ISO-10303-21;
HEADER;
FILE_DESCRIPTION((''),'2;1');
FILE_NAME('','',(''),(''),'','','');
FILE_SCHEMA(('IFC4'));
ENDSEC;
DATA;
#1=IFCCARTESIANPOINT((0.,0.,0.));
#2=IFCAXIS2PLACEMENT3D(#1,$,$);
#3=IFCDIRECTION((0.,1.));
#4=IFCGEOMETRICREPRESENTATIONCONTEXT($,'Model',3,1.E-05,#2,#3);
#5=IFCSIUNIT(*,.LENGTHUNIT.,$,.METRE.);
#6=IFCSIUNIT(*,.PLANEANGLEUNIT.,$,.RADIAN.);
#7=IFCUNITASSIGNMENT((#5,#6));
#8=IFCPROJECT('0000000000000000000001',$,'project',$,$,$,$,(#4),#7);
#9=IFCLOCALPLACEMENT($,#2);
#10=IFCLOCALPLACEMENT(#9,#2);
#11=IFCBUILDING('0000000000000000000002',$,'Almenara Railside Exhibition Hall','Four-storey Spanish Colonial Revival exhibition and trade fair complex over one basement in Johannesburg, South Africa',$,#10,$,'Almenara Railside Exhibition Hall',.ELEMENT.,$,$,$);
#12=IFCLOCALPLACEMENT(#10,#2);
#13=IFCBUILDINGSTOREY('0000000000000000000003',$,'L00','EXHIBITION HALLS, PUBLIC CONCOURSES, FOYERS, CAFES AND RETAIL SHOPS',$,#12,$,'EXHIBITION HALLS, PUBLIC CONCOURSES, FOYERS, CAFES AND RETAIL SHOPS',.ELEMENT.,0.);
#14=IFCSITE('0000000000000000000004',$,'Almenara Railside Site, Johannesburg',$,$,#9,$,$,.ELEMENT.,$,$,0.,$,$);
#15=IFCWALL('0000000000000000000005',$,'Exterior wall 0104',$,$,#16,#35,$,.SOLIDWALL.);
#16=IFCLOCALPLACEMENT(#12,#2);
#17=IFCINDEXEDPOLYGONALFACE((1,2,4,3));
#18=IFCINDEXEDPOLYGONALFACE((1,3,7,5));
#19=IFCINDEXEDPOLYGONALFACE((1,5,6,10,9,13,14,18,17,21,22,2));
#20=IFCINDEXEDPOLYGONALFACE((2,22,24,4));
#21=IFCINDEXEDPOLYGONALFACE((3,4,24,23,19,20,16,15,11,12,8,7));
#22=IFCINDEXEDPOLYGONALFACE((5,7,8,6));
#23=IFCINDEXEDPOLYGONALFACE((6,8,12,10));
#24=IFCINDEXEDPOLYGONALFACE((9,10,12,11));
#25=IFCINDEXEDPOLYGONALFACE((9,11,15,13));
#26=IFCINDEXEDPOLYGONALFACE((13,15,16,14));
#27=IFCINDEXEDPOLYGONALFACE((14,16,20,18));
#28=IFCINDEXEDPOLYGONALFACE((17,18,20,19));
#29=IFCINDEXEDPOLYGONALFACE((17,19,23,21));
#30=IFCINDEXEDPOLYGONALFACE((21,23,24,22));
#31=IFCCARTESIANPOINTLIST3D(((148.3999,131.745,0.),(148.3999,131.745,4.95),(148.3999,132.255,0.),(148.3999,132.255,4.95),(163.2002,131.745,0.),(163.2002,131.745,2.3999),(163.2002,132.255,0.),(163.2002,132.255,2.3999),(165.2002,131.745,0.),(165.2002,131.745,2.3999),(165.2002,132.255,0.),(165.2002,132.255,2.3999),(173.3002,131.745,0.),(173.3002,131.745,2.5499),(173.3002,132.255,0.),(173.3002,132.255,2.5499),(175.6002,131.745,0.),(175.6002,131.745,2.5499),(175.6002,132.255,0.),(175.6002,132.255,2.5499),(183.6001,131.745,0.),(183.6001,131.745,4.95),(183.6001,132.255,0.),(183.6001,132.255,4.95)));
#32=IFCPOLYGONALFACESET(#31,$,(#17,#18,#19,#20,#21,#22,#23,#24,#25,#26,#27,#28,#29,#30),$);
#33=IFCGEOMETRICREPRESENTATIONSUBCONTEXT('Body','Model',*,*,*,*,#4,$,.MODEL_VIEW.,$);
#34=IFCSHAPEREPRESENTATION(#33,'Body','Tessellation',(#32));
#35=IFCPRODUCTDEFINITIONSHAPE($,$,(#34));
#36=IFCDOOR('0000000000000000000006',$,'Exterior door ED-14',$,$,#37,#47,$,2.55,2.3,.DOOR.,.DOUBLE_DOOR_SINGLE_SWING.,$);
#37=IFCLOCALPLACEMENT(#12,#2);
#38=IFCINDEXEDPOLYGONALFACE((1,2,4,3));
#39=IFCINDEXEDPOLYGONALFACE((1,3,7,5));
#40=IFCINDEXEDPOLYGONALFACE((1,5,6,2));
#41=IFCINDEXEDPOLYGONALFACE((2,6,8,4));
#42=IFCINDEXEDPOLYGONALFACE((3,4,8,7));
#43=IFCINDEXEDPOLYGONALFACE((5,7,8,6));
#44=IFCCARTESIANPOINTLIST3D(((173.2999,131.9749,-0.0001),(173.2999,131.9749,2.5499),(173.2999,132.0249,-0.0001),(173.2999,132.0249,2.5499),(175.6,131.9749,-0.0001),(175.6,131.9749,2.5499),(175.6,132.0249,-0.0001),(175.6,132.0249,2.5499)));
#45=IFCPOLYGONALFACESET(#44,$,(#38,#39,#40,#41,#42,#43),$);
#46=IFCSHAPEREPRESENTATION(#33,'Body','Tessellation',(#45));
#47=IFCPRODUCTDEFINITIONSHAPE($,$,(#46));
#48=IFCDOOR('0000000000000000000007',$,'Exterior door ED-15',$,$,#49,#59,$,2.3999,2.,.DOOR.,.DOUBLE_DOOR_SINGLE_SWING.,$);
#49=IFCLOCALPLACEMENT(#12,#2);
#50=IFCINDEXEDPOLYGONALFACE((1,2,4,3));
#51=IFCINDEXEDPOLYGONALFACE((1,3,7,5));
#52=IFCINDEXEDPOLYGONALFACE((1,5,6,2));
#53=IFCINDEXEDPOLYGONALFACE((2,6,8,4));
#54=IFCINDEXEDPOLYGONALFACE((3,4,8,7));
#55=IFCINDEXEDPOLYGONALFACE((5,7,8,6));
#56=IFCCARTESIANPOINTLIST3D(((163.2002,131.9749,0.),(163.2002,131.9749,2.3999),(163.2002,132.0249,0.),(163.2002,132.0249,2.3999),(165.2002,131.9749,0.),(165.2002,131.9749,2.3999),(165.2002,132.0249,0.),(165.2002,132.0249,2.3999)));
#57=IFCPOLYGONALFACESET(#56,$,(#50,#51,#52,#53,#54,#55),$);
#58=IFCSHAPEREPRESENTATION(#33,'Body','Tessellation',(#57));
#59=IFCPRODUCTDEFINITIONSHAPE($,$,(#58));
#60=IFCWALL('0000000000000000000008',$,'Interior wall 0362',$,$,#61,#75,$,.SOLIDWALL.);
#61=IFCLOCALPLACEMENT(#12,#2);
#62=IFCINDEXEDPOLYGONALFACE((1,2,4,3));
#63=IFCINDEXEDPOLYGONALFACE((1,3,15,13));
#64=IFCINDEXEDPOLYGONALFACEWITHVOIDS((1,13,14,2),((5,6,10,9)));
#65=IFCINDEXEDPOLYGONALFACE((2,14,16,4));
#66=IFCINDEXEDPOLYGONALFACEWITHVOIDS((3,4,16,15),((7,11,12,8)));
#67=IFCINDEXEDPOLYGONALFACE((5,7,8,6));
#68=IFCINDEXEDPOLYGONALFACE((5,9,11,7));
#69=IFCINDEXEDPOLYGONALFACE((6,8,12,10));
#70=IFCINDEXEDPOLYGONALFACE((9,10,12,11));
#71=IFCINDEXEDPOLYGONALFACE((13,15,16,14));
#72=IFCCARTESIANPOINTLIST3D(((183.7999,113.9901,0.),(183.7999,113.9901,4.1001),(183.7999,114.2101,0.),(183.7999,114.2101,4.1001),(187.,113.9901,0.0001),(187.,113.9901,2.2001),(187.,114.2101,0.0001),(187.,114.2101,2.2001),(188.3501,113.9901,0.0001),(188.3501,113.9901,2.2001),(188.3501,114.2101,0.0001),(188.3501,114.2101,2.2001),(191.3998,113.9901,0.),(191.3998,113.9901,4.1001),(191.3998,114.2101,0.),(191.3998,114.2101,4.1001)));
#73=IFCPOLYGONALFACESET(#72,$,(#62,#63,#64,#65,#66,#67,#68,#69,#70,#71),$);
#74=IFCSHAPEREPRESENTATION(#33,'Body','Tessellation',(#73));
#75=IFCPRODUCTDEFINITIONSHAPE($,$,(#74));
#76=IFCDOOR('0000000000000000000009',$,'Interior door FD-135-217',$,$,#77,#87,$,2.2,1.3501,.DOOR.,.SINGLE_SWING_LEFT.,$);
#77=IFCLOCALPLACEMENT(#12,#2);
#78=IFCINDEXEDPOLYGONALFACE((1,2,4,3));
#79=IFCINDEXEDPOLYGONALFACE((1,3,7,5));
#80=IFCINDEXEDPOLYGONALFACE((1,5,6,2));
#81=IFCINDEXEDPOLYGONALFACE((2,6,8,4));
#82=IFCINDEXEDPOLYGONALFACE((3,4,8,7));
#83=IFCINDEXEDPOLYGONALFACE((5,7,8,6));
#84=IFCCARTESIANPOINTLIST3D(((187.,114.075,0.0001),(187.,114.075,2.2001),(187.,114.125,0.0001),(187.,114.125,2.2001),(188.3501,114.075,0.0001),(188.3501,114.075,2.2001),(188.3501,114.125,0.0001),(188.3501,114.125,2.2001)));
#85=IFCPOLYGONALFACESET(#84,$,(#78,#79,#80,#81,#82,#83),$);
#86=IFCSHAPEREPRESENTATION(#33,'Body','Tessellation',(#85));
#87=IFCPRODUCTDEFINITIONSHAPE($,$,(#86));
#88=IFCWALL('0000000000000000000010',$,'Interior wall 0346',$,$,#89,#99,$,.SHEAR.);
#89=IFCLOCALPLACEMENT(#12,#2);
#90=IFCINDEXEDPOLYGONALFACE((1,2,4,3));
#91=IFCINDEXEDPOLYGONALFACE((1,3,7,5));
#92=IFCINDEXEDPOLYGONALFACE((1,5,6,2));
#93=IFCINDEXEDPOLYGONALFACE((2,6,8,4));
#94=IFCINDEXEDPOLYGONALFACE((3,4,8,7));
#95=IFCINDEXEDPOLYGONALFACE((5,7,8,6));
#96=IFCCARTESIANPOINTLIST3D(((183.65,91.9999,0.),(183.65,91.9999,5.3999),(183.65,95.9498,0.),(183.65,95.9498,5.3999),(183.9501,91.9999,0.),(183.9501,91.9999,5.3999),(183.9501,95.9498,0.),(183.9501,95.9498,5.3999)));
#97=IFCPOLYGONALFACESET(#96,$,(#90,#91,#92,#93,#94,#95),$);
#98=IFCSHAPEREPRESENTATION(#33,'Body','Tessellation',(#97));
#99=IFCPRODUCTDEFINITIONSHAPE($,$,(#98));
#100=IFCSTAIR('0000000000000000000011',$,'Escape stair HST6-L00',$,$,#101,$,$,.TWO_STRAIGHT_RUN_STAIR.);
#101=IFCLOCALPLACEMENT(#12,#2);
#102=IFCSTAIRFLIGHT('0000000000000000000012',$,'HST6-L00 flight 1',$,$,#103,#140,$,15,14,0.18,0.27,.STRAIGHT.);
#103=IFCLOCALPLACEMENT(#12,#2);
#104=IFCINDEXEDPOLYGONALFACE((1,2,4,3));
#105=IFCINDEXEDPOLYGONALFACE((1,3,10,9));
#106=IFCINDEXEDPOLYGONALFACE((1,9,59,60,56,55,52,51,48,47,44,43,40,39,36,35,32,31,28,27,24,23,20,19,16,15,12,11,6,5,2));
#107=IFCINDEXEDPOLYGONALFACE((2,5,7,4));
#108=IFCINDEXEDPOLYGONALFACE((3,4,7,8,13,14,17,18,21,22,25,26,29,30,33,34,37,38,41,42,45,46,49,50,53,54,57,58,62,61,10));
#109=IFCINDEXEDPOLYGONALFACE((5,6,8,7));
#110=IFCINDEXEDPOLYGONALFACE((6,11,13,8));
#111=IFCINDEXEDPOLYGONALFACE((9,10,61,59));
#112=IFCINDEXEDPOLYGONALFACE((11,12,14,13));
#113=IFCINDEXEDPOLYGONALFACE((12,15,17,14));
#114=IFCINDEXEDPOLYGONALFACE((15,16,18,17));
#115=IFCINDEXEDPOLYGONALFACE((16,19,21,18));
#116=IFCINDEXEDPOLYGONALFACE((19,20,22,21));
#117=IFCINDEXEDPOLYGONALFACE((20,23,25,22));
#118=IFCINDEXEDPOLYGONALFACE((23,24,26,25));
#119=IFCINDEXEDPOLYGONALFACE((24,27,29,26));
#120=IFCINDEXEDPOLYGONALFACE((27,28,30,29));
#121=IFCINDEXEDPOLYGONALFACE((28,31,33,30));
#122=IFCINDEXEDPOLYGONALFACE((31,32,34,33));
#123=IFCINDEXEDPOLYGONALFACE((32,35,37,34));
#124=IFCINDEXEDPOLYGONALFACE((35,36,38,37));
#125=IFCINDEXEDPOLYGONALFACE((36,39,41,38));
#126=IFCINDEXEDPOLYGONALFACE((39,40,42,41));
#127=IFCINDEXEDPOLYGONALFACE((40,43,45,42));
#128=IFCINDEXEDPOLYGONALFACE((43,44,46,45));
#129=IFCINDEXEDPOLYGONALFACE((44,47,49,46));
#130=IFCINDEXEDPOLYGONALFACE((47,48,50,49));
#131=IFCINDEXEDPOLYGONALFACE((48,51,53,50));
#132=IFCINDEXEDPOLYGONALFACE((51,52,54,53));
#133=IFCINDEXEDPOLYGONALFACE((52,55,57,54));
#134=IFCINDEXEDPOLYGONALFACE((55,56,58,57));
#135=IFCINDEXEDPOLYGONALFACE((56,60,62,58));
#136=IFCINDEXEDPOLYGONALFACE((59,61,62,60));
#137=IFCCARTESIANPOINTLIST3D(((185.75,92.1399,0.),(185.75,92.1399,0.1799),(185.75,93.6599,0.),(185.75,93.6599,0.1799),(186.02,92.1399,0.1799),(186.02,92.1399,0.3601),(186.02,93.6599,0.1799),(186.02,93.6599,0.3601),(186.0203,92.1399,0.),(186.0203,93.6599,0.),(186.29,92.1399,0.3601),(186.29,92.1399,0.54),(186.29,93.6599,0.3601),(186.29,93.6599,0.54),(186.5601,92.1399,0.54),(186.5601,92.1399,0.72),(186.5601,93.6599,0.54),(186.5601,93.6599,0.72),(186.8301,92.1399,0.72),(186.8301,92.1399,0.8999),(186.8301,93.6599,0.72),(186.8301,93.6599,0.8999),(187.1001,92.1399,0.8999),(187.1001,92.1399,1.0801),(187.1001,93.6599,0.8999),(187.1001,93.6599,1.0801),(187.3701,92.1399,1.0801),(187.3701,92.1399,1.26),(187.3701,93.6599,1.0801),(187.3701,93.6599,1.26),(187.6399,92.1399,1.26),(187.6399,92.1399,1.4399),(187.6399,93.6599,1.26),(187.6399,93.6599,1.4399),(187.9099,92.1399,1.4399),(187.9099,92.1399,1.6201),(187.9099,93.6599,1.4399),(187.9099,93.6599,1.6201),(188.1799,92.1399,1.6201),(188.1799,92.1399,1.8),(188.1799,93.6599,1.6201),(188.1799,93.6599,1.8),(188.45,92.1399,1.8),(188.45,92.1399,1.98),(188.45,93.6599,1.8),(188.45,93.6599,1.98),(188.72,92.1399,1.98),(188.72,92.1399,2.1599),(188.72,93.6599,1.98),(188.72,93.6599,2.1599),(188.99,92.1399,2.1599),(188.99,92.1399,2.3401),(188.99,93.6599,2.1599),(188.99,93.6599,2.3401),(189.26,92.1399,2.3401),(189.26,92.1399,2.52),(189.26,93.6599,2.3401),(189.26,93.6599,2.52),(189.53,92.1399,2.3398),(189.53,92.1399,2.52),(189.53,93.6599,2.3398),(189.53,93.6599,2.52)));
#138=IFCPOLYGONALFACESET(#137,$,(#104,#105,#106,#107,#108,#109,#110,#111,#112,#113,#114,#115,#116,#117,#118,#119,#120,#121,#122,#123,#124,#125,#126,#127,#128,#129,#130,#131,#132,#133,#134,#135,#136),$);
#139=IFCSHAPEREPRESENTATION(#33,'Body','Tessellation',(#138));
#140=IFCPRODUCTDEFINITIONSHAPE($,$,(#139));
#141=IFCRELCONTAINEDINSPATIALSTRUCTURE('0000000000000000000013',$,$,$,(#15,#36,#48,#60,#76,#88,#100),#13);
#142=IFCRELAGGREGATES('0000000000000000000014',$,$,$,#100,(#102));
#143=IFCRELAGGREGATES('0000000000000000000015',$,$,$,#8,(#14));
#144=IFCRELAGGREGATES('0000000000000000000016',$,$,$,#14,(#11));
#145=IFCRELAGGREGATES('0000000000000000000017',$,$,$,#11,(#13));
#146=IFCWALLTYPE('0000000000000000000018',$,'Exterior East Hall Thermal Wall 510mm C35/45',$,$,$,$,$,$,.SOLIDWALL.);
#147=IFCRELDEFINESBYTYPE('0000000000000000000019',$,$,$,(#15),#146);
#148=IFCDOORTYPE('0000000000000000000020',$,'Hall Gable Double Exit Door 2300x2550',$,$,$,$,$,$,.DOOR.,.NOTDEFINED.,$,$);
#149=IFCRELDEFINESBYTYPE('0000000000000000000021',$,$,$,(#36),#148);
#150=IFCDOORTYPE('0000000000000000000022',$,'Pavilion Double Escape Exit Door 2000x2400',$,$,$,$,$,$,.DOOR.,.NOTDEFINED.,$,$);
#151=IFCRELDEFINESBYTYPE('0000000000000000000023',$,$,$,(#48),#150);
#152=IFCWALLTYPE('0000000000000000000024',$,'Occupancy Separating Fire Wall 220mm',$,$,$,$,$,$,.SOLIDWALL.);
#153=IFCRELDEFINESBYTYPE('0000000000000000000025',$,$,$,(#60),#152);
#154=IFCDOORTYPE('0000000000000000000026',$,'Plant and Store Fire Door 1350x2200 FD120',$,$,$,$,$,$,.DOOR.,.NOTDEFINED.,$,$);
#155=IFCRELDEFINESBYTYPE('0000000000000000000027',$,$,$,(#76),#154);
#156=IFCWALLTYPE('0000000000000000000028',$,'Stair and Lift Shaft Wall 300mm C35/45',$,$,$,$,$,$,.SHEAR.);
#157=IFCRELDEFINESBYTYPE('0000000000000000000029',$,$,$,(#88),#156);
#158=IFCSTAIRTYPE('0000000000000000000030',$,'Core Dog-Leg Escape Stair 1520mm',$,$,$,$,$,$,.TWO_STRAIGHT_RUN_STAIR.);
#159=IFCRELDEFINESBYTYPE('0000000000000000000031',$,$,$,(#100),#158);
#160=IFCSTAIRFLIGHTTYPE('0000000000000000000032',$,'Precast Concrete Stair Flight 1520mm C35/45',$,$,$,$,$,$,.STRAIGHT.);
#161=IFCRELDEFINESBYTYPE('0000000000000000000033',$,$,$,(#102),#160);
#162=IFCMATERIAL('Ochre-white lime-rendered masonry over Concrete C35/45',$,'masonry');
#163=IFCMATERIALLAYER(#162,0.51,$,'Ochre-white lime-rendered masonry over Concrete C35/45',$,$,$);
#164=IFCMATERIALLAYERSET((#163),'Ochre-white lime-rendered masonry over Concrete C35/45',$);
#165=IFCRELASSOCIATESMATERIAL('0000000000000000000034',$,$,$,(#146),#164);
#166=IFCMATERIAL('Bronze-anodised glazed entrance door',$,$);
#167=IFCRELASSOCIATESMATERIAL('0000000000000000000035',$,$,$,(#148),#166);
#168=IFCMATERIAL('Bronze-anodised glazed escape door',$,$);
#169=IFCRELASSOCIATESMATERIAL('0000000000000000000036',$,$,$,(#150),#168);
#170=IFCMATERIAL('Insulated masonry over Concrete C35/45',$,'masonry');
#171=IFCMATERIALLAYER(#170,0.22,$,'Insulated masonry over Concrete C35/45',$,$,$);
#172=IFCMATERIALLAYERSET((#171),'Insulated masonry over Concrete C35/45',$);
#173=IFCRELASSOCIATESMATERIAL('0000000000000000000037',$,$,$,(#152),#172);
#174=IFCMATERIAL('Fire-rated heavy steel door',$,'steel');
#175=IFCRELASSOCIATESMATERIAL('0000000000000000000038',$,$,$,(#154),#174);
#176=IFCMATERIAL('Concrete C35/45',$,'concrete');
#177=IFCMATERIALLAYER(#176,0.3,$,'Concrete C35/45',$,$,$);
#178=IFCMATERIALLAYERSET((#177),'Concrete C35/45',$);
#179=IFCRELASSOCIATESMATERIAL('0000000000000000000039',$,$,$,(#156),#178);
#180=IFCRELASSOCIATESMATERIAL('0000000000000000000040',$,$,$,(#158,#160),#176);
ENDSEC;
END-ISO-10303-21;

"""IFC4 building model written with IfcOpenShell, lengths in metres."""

from ifc_helpers import new_model, si_unit, direction, frame, frame_2d, origin, place, context, subcontext, project, spatial, polyline, rectangle, outline, extrude, material, layer, layer_set, type_object, element, fill, aggregate, save


model = new_model("IFC4")

# Units and contexts
model_context = context("Model", 3, precision=1e-05, world=origin(), true_north=direction((0.0, 1.0)))
body_context = subcontext(model_context, "Body", "Model", "MODEL_VIEW")
ifc_project = project(units=[si_unit("LENGTHUNIT", "METRE"), si_unit("PLANEANGLEUNIT", "RADIAN")], contexts=[model_context])

# Site, building, storey
site_placement = place(None, origin())
site = spatial("IfcSite", under=ifc_project, at=site_placement, Name="Almenara Railside Site, Johannesburg", CompositionType="ELEMENT", RefElevation=0.0)
building_placement = place(site_placement, origin())
building = spatial("IfcBuilding", under=site, at=building_placement, Name="Almenara Railside Exhibition Hall", Description="Four-storey Spanish Colonial Revival exhibition and trade fair complex over one basement in Johannesburg, South Africa", LongName="Almenara Railside Exhibition Hall", CompositionType="ELEMENT")
storey_placement = place(building_placement, origin())
storey = spatial("IfcBuildingStorey", under=building, at=storey_placement, Name="L00", Description="EXHIBITION HALLS, PUBLIC CONCOURSES, FOYERS, CAFES AND RETAIL SHOPS", LongName="EXHIBITION HALLS, PUBLIC CONCOURSES, FOYERS, CAFES AND RETAIL SHOPS", CompositionType="ELEMENT", Elevation=0.0)

# Shared definitions
ifc_material_1 = material(Name="Concrete C35/45", Category="concrete")

# Wall, openings, doors
ifc_material_2 = material(Name="Ochre-white lime-rendered masonry over Concrete C35/45", Category="masonry")
ifc_layer_1 = layer(ifc_material_2, 0.51, Name="Ochre-white lime-rendered masonry over Concrete C35/45")
ifc_layer_set_1 = layer_set([ifc_layer_1], Name="Ochre-white lime-rendered masonry over Concrete C35/45")
wall_type_1 = type_object("IfcWallType", Name="Exterior East Hall Thermal Wall 510mm C35/45", PredefinedType="SOLIDWALL", material=ifc_layer_set_1)
wall_1_placement = place(storey_placement, frame((183.6001, 132.0, 0.0), z_axis=(0.0, 0.0, 1.0), x_axis=(-1.0, 0.0, 0.0)))
wall_1 = element("IfcWall", 1, at=wall_1_placement, inside=storey, type_object=wall_type_1, Name="Exterior wall 0104", PredefinedType="SOLIDWALL", context=body_context, shape_type="SweptSolid", body=[
    extrude(rectangle(XDim=35.2002, YDim=0.51, at=frame_2d((17.6001, 0.0))), origin(), (0.0, 0.0, 1.0), 4.95),
])
opening_1_placement = place(wall_1_placement, frame((8.0, 0.0, 0.0)))
opening_1 = element("IfcOpeningElement", 2, at=opening_1_placement, cuts=wall_1, PredefinedType="OPENING", context=body_context, shape_type="SweptSolid", body=[
    extrude(rectangle(XDim=2.3, YDim=2.55, at=frame_2d((1.1499, 1.2749))), frame((0.0, 0.2649, 0.0), z_axis=(0.0, -1.0, 0.0), x_axis=(1.0, 0.0, 0.0)), (0.0, 0.0, 1.0), 0.53),
])
opening_2_placement = place(wall_1_placement, frame((18.3999, 0.0, 0.0)))
opening_2 = element("IfcOpeningElement", 3, at=opening_2_placement, cuts=wall_1, PredefinedType="OPENING", context=body_context, shape_type="SweptSolid", body=[
    extrude(rectangle(XDim=2.0, YDim=2.3999, at=frame_2d((1.0, 1.2))), frame((0.0, 0.2649, 0.0), z_axis=(0.0, -1.0, 0.0), x_axis=(1.0, 0.0, 0.0)), (0.0, 0.0, 1.0), 0.53),
])
ifc_material_3 = material(Name="Bronze-anodised glazed entrance door")
door_type_1 = type_object("IfcDoorType", Name="Hall Gable Double Exit Door 2300x2550", OperationType="NOTDEFINED", PredefinedType="DOOR", material=ifc_material_3)
door_1_placement = place(opening_1_placement, frame((2.3, 0.0, 0.0), z_axis=(0.0, 0.0, 1.0), x_axis=(-1.0, 0.0, 0.0)))
door_1 = element("IfcDoor", 4, at=door_1_placement, inside=storey, type_object=door_type_1, Name="Exterior door ED-14", OperationType="DOUBLE_DOOR_SINGLE_SWING", OverallHeight=2.55, OverallWidth=2.3, PredefinedType="DOOR", context=body_context, shape_type="SweptSolid", body=[
    extrude(rectangle(XDim=2.3, YDim=2.55, at=frame_2d((1.1499, 1.2749))), frame((0.0, 0.0249, 0.0), z_axis=(0.0, -1.0, 0.0), x_axis=(1.0, 0.0, 0.0)), (0.0, 0.0, 1.0), 0.05),
])
fill(opening_1, door_1)
ifc_material_4 = material(Name="Bronze-anodised glazed escape door")
door_type_2 = type_object("IfcDoorType", Name="Pavilion Double Escape Exit Door 2000x2400", OperationType="NOTDEFINED", PredefinedType="DOOR", material=ifc_material_4)
door_2_placement = place(opening_2_placement, frame((2.0, 0.0, 0.0), z_axis=(0.0, 0.0, 1.0), x_axis=(-1.0, 0.0, 0.0)))
door_2 = element("IfcDoor", 5, at=door_2_placement, inside=storey, type_object=door_type_2, Name="Exterior door ED-15", OperationType="DOUBLE_DOOR_SINGLE_SWING", OverallHeight=2.3999, OverallWidth=2.0, PredefinedType="DOOR", context=body_context, shape_type="SweptSolid", body=[
    extrude(rectangle(XDim=2.0, YDim=2.3999, at=frame_2d((1.0, 1.2))), frame((0.0, 0.0249, 0.0), z_axis=(0.0, -1.0, 0.0), x_axis=(1.0, 0.0, 0.0)), (0.0, 0.0, 1.0), 0.05),
])
fill(opening_2, door_2)

# Wall, opening, door
ifc_material_5 = material(Name="Insulated masonry over Concrete C35/45", Category="masonry")
ifc_layer_2 = layer(ifc_material_5, 0.22, Name="Insulated masonry over Concrete C35/45")
ifc_layer_set_2 = layer_set([ifc_layer_2], Name="Insulated masonry over Concrete C35/45")
wall_type_2 = type_object("IfcWallType", Name="Occupancy Separating Fire Wall 220mm", PredefinedType="SOLIDWALL", material=ifc_layer_set_2)
wall_2_placement = place(storey_placement, frame((183.8, 114.1001, 0.0), z_axis=(0.0, 0.0, 1.0), x_axis=(1.0, 0.0, 0.0)))
wall_2 = element("IfcWall", 6, at=wall_2_placement, inside=storey, type_object=wall_type_2, Name="Interior wall 0362", PredefinedType="SOLIDWALL", context=body_context, shape_type="SweptSolid", body=[
    extrude(rectangle(XDim=7.5999, YDim=0.22, at=frame_2d((3.7998, 0.0))), origin(), (0.0, 0.0, 1.0), 4.1001),
])
opening_3_placement = place(wall_2_placement, frame((3.2, 0.0, 0.0)))
opening_3 = element("IfcOpeningElement", 7, at=opening_3_placement, cuts=wall_2, PredefinedType="OPENING", context=body_context, shape_type="SweptSolid", body=[
    extrude(rectangle(XDim=1.3501, YDim=2.2, at=frame_2d((0.675, 1.1001))), frame((0.0, 0.1199, 0.0), z_axis=(0.0, -1.0, 0.0), x_axis=(1.0, 0.0, 0.0)), (0.0, 0.0, 1.0), 0.24),
])
ifc_material_6 = material(Name="Fire-rated heavy steel door", Category="steel")
door_type_3 = type_object("IfcDoorType", Name="Plant and Store Fire Door 1350x2200 FD120", OperationType="NOTDEFINED", PredefinedType="DOOR", material=ifc_material_6)
door_3_placement = place(opening_3_placement, origin())
door_3 = element("IfcDoor", 8, at=door_3_placement, inside=storey, type_object=door_type_3, Name="Interior door FD-135-217", OperationType="SINGLE_SWING_LEFT", OverallHeight=2.2, OverallWidth=1.3501, PredefinedType="DOOR", context=body_context, shape_type="SweptSolid", body=[
    extrude(rectangle(XDim=1.3501, YDim=2.2, at=frame_2d((0.675, 1.1001))), frame((0.0, 0.0249, 0.0), z_axis=(0.0, -1.0, 0.0), x_axis=(1.0, 0.0, 0.0)), (0.0, 0.0, 1.0), 0.05),
])
fill(opening_3, door_3)
ifc_layer_3 = layer(ifc_material_1, 0.3, Name="Concrete C35/45")
ifc_layer_set_3 = layer_set([ifc_layer_3], Name="Concrete C35/45")
wall_type_3 = type_object("IfcWallType", Name="Stair and Lift Shaft Wall 300mm C35/45", PredefinedType="SHEAR", material=ifc_layer_set_3)

# Wall
wall_3_placement = place(storey_placement, frame((183.8, 95.95, 0.0), z_axis=(0.0, 0.0, 1.0), x_axis=(0.0, -1.0, 0.0)))
element("IfcWall", 9, at=wall_3_placement, inside=storey, type_object=wall_type_3, Name="Interior wall 0346", PredefinedType="SHEAR", context=body_context, shape_type="SweptSolid", body=[
    extrude(rectangle(XDim=3.95, YDim=0.3, at=frame_2d((1.9751, 0.0))), origin(), (0.0, 0.0, 1.0), 5.3999),
])

# Stair, stair flight
stair_type = type_object("IfcStairType", Name="Core Dog-Leg Escape Stair 1520mm", PredefinedType="TWO_STRAIGHT_RUN_STAIR", material=ifc_material_1)
stair_placement = place(storey_placement, origin())
stair = element("IfcStair", 10, at=stair_placement, inside=storey, type_object=stair_type, Name="Escape stair HST6-L00", PredefinedType="TWO_STRAIGHT_RUN_STAIR")
stair_flight_type = type_object("IfcStairFlightType", Name="Precast Concrete Stair Flight 1520mm C35/45", PredefinedType="STRAIGHT", material=ifc_material_1)
stair_flight_1_placement = place(storey_placement, frame((185.75, 92.8999, 0.0), z_axis=(0.0, 0.0, 1.0), x_axis=(1.0, 0.0, 0.0)))
stair_flight_1 = element("IfcStairFlight", 11, at=stair_flight_1_placement, type_object=stair_flight_type, Name="HST6-L00 flight 1", NumberOfRisers=15, NumberOfTreads=14, PredefinedType="STRAIGHT", RiserHeight=0.18, TreadLength=0.27, context=body_context, shape_type="SweptSolid", body=[
    extrude(outline(polyline([(0.0, 0.0), (0.0, 0.1799), (0.27, 0.1799), (0.27, 0.3601), (0.54, 0.3601), (0.54, 0.54), (0.8101, 0.54), (0.8101, 0.72), (1.0801, 0.72), (1.0801, 0.8999), (1.3501, 0.8999), (1.3501, 1.0801), (1.6201, 1.0801), (1.6201, 1.26), (1.8899, 1.26), (1.8899, 1.4399), (2.1599, 1.4399), (2.1599, 1.6201), (2.4299, 1.6201), (2.4299, 1.8), (2.7, 1.8), (2.7, 1.98), (2.97, 1.98), (2.97, 2.1599), (3.24, 2.1599), (3.24, 2.3401), (3.51, 2.3401), (3.51, 2.52), (3.78, 2.52), (3.78, 2.7), (3.78, 2.3398), (0.2703, 0.0), (0.0, 0.0)])), frame((0.0, 0.76, 0.0), z_axis=(0.0, -1.0, 0.0), x_axis=(1.0, 0.0, 0.0)), (0.0, 0.0, 1.0), 1.52),
])
aggregate(stair, [stair_flight_1])

save(model, "model.ifc")
